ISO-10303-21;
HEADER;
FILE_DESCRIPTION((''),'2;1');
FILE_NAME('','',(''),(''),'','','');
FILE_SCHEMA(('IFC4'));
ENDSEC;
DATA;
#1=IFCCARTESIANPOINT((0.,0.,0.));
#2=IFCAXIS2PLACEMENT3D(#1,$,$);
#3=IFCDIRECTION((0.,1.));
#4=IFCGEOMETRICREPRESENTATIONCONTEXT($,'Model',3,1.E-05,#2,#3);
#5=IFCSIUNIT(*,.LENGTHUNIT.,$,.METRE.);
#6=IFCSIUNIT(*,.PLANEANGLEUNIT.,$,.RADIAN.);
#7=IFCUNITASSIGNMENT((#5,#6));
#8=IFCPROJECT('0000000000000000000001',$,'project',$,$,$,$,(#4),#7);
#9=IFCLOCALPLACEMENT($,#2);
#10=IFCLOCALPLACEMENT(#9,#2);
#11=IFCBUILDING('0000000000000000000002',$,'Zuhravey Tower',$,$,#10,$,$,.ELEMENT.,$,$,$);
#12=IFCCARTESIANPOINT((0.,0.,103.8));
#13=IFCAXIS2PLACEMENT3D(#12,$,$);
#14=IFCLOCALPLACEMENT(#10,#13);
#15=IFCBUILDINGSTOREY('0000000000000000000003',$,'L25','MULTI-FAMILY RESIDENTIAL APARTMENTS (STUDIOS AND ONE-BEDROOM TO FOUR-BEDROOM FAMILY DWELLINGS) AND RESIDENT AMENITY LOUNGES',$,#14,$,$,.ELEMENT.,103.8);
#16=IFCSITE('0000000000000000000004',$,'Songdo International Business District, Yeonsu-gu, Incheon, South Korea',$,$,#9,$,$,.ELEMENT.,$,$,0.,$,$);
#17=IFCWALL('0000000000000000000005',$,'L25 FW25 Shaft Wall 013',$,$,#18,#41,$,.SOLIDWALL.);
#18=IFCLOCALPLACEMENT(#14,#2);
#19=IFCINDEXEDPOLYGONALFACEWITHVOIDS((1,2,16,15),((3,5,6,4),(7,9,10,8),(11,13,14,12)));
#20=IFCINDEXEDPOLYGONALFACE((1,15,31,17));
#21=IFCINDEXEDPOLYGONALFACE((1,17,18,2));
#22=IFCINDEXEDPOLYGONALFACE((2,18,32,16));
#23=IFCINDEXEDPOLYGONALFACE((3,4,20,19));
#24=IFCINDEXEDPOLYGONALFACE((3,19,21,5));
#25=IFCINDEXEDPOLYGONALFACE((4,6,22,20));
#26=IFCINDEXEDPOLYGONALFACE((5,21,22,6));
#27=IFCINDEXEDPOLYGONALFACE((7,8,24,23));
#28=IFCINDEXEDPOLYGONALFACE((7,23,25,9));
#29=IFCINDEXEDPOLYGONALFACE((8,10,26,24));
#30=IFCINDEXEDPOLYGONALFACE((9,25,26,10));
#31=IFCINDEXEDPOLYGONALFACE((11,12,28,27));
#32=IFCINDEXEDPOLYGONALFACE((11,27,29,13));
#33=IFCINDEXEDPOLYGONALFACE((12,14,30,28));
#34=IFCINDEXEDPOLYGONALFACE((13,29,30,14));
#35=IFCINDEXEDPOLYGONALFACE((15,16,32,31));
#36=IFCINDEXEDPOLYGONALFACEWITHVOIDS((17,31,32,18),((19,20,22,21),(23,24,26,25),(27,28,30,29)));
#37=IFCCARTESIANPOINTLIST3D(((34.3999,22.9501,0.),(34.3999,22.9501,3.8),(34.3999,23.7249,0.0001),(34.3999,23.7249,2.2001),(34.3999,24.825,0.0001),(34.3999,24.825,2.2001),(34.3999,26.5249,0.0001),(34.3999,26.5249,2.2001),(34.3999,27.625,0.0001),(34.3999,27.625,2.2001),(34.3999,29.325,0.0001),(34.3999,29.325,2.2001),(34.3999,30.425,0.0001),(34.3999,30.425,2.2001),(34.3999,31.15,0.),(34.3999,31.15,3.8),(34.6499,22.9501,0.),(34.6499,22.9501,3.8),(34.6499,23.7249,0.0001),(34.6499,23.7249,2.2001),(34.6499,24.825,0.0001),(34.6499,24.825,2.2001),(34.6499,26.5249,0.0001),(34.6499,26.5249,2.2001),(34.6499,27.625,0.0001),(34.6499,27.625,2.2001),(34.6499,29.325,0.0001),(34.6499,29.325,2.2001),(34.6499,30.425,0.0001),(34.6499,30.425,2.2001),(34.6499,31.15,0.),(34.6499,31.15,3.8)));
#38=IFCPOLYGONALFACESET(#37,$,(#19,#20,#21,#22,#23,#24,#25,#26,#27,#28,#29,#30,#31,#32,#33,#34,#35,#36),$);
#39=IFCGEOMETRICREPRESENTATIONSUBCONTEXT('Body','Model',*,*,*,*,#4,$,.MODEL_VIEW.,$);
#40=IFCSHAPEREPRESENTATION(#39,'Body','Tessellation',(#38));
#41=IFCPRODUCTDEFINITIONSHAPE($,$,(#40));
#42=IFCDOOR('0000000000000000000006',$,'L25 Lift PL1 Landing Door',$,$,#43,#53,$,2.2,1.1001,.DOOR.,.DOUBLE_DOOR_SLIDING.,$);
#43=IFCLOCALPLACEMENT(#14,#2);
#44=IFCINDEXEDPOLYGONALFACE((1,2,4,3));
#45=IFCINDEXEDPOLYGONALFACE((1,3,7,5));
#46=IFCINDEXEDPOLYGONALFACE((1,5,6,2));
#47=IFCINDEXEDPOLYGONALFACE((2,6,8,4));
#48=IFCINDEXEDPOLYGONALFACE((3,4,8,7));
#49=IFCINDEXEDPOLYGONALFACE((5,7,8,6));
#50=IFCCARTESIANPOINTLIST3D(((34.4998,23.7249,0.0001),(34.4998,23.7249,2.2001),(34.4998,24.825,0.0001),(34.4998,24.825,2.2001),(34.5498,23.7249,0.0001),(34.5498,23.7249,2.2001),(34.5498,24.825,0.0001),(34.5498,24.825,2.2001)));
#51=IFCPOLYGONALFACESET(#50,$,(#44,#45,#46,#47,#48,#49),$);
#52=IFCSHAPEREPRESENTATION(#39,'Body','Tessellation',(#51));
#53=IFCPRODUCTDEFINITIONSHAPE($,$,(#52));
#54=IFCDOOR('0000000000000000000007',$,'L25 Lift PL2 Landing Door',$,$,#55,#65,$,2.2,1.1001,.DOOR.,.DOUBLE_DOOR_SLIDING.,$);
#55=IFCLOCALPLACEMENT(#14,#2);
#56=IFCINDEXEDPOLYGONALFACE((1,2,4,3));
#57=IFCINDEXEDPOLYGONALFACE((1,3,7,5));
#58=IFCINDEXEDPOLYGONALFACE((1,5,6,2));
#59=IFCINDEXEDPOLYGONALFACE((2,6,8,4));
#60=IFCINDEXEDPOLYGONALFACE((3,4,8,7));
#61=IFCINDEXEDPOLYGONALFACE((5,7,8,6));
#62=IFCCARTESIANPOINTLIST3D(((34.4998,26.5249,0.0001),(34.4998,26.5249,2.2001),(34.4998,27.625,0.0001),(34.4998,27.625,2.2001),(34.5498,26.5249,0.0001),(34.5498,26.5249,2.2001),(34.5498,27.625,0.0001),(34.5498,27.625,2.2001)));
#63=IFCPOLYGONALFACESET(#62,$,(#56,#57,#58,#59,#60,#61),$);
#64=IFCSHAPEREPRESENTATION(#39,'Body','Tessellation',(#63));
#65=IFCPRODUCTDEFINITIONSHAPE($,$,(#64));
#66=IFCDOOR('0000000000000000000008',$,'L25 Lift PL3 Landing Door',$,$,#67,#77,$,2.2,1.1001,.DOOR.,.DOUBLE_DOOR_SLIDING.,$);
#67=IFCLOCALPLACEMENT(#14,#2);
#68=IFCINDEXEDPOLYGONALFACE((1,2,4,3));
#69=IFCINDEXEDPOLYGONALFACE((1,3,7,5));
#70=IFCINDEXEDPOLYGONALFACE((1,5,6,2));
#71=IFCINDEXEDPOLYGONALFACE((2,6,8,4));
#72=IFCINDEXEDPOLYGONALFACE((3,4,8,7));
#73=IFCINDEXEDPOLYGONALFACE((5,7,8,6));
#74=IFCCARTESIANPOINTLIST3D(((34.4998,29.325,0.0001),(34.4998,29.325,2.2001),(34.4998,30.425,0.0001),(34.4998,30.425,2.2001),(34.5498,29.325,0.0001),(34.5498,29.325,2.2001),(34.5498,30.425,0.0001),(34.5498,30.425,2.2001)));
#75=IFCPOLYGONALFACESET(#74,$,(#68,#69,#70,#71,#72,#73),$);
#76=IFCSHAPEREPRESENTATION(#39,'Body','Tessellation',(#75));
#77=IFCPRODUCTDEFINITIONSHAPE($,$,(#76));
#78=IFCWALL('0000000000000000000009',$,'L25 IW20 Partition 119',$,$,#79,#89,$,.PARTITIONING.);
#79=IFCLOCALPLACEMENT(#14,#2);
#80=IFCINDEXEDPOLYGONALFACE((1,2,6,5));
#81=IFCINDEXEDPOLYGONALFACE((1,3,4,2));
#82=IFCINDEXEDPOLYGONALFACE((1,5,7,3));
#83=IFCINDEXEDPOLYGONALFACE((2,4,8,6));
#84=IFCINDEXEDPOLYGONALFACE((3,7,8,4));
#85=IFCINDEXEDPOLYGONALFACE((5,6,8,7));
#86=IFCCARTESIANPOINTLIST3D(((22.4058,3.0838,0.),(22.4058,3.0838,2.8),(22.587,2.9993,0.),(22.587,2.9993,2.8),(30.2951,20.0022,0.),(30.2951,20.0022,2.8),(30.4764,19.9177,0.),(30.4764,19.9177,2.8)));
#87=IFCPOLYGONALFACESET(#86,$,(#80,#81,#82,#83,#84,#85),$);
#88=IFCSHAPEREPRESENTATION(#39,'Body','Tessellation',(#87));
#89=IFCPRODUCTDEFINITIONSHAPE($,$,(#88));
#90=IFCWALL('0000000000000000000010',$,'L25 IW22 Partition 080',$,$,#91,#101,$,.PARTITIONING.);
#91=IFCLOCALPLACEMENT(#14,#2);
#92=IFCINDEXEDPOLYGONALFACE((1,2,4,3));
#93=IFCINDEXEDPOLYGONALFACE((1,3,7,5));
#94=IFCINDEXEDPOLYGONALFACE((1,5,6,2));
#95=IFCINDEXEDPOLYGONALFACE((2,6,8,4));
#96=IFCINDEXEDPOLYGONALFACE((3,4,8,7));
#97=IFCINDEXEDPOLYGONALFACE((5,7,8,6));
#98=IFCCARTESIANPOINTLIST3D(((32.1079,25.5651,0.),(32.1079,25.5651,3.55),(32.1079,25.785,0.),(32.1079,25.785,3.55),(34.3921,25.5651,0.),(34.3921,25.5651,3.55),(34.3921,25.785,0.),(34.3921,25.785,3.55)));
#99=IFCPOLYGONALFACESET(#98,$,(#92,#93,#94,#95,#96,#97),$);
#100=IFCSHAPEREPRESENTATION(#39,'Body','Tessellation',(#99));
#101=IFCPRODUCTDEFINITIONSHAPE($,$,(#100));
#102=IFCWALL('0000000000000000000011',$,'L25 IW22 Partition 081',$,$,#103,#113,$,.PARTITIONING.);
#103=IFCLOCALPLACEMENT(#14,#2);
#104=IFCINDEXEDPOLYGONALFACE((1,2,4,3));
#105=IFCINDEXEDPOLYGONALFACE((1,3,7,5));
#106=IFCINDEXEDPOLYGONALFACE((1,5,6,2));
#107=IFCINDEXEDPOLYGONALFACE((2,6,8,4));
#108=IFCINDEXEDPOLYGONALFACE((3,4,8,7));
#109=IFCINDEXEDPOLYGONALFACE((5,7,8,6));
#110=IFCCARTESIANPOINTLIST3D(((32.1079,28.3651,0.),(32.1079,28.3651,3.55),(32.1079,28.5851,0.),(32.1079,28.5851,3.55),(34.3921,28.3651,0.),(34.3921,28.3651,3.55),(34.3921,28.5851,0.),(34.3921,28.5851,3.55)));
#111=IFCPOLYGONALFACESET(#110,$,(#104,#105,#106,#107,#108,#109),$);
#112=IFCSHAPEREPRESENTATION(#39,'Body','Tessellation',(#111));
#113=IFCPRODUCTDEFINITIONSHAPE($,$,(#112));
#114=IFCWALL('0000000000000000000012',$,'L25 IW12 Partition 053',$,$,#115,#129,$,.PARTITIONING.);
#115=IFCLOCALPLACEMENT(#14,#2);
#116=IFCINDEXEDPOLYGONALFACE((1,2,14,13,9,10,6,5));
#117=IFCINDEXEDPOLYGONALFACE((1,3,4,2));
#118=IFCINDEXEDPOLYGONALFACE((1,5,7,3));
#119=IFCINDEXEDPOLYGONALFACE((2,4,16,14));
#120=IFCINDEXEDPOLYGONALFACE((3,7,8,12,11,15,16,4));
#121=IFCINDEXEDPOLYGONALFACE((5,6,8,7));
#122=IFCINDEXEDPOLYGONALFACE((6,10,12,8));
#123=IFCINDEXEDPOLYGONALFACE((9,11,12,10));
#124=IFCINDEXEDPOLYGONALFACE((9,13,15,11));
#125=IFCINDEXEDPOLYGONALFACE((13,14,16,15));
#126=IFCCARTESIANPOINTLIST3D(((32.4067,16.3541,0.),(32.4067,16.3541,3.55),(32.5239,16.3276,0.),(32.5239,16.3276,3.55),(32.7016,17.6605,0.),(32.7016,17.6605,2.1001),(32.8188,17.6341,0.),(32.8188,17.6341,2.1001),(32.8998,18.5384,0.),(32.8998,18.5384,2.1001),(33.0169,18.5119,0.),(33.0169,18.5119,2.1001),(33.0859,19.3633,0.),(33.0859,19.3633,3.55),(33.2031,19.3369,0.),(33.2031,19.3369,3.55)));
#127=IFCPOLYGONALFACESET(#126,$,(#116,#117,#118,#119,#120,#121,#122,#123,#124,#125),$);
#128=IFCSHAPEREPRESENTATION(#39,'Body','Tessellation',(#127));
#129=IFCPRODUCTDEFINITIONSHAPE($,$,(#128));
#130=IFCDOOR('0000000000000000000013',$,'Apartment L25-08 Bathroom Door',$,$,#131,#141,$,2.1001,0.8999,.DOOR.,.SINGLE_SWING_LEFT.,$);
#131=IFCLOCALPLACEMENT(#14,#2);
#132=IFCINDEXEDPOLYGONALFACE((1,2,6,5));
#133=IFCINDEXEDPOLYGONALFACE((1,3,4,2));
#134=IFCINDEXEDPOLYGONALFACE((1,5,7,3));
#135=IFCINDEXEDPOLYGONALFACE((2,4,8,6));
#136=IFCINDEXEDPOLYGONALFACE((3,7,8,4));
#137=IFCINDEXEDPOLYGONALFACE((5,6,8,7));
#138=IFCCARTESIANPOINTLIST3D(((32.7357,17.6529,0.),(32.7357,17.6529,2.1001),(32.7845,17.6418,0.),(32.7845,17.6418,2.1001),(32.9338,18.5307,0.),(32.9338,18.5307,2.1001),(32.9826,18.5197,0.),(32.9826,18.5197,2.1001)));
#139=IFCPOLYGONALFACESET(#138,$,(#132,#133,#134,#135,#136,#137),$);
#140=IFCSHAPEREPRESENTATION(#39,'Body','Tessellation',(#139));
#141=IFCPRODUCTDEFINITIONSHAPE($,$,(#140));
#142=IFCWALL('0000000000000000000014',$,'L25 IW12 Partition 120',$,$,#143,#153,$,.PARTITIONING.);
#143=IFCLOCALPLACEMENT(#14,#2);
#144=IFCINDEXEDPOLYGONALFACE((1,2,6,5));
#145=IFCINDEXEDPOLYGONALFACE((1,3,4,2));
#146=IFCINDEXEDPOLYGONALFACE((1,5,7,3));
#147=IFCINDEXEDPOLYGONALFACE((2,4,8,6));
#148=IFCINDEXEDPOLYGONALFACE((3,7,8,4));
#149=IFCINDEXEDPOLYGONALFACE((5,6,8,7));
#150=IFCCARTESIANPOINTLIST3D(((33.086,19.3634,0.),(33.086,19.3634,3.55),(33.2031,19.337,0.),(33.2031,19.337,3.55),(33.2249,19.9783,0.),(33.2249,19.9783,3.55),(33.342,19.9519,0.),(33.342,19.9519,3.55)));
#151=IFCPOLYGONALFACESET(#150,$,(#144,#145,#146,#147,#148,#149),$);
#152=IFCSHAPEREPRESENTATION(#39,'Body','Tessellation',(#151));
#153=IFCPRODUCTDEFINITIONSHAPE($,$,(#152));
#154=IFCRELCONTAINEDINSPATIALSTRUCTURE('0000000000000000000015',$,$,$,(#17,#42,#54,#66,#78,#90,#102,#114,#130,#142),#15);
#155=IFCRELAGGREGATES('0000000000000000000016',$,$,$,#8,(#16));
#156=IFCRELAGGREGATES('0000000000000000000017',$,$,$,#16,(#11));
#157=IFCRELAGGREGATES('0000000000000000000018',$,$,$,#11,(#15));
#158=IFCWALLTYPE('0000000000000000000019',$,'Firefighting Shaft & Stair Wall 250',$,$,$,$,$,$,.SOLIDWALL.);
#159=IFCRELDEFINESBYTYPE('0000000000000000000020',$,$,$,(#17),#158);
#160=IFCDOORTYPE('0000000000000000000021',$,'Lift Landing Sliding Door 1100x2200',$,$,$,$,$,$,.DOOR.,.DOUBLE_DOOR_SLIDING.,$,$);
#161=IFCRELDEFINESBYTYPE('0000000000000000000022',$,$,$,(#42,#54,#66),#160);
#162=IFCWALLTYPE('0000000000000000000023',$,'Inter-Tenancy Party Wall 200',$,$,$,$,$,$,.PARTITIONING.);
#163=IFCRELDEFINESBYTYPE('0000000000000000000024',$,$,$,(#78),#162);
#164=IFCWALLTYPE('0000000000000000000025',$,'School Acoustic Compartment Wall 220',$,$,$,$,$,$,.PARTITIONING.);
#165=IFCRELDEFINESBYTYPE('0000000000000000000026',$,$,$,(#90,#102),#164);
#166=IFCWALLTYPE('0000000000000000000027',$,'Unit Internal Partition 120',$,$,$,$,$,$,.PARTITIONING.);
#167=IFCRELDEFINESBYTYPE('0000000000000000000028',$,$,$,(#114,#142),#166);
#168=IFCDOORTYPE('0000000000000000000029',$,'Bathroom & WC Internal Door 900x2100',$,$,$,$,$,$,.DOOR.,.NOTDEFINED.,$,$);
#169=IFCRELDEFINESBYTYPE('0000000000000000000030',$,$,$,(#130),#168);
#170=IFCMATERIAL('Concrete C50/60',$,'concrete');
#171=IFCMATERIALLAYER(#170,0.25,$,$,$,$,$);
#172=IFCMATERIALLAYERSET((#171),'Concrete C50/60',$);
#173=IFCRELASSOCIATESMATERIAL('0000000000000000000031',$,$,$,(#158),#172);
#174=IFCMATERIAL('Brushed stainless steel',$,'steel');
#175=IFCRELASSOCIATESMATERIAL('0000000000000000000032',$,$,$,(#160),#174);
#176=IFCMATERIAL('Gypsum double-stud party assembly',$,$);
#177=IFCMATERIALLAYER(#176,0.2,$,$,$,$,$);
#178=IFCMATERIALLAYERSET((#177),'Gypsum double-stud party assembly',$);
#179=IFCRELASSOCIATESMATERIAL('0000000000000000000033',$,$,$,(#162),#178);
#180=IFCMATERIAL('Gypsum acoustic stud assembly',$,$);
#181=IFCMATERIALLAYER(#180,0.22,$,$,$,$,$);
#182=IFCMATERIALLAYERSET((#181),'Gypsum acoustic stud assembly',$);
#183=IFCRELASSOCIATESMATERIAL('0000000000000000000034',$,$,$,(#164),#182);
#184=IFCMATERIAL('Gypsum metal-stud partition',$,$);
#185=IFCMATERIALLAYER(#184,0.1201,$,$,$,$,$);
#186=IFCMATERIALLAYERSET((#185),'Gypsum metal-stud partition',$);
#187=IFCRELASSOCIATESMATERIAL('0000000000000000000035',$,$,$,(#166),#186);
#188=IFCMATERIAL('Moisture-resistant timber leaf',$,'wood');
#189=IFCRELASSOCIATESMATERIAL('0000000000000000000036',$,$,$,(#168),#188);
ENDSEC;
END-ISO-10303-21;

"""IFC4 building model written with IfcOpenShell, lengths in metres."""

from ifc_helpers import new_model, si_unit, direction, frame, frame_2d, origin, place, context, subcontext, project, spatial, rectangle, extrude, material, layer, layer_set, type_object, element, fill, save


model = new_model("IFC4")

# Units and contexts
model_context = context("Model", 3, precision=1e-05, world=origin(), true_north=direction((0.0, 1.0)))
body_context = subcontext(model_context, "Body", "Model", "MODEL_VIEW")
ifc_project = project(units=[si_unit("LENGTHUNIT", "METRE"), si_unit("PLANEANGLEUNIT", "RADIAN")], contexts=[model_context])

# Site, building, storey
site_placement = place(None, origin())
site = spatial("IfcSite", under=ifc_project, at=site_placement, Name="Songdo International Business District, Yeonsu-gu, Incheon, South Korea", CompositionType="ELEMENT", RefElevation=0.0)
building_placement = place(site_placement, origin())
building = spatial("IfcBuilding", under=site, at=building_placement, Name="Zuhravey Tower", CompositionType="ELEMENT")
storey_placement = place(building_placement, frame((0.0, 0.0, 103.8)))
storey = spatial("IfcBuildingStorey", under=building, at=storey_placement, Name="L25", Description="MULTI-FAMILY RESIDENTIAL APARTMENTS (STUDIOS AND ONE-BEDROOM TO FOUR-BEDROOM FAMILY DWELLINGS) AND RESIDENT AMENITY LOUNGES", CompositionType="ELEMENT", Elevation=103.8)

# Shared definitions
ifc_material_1 = material(Name="Concrete C50/60", Category="concrete")
ifc_layer_1 = layer(ifc_material_1, 0.25)
ifc_layer_set_1 = layer_set([ifc_layer_1], Name="Concrete C50/60")
wall_type_1 = type_object("IfcWallType", Name="Firefighting Shaft & Stair Wall 250", PredefinedType="SOLIDWALL", material=ifc_layer_set_1)

# Shared definitions
ifc_material_2 = material(Name="Brushed stainless steel", Category="steel")

# Wall, openings, doors
wall_1_placement = place(storey_placement, frame((34.5249, 22.95, 0.0), z_axis=(0.0, 0.0, 1.0), x_axis=(0.0, 1.0, 0.0)))
wall_1 = element("IfcWall", 1, at=wall_1_placement, inside=storey, type_object=wall_type_1, Name="L25 FW25 Shaft Wall 013", PredefinedType="SOLIDWALL", context=body_context, shape_type="SweptSolid", body=[
    extrude(rectangle(XDim=8.2, YDim=0.25, at=frame_2d((4.1001, 0.0))), origin(), (0.0, 0.0, 1.0), 3.8),
])
opening_1_placement = place(wall_1_placement, frame((0.7749, 0.0, 0.0)))
opening_1 = element("IfcOpeningElement", 2, at=opening_1_placement, cuts=wall_1, PredefinedType="OPENING", context=body_context, shape_type="SweptSolid", body=[
    extrude(rectangle(XDim=1.1001, YDim=2.2, at=frame_2d((0.55, 1.1001))), frame((0.0, 0.137, 0.0), z_axis=(0.0, -1.0, 0.0), x_axis=(1.0, 0.0, 0.0)), (0.0, 0.0, 1.0), 0.2739),
])
opening_2_placement = place(wall_1_placement, frame((3.575, 0.0, 0.0)))
opening_2 = element("IfcOpeningElement", 3, at=opening_2_placement, cuts=wall_1, PredefinedType="OPENING", context=body_context, shape_type="SweptSolid", body=[
    extrude(rectangle(XDim=1.1001, YDim=2.2, at=frame_2d((0.55, 1.1001))), frame((0.0, 0.137, 0.0), z_axis=(0.0, -1.0, 0.0), x_axis=(1.0, 0.0, 0.0)), (0.0, 0.0, 1.0), 0.2739),
])
opening_3_placement = place(wall_1_placement, frame((6.375, 0.0, 0.0)))
opening_3 = element("IfcOpeningElement", 4, at=opening_3_placement, cuts=wall_1, PredefinedType="OPENING", context=body_context, shape_type="SweptSolid", body=[
    extrude(rectangle(XDim=1.1001, YDim=2.2, at=frame_2d((0.55, 1.1001))), frame((0.0, 0.137, 0.0), z_axis=(0.0, -1.0, 0.0), x_axis=(1.0, 0.0, 0.0)), (0.0, 0.0, 1.0), 0.2739),
])
door_type_1 = type_object("IfcDoorType", Name="Lift Landing Sliding Door 1100x2200", OperationType="DOUBLE_DOOR_SLIDING", PredefinedType="DOOR", material=ifc_material_2)
door_1_placement = place(opening_1_placement, frame((1.1001, 0.0, 0.0), z_axis=(0.0, 0.0, 1.0), x_axis=(-1.0, 0.0, 0.0)))
door_1 = element("IfcDoor", 5, at=door_1_placement, inside=storey, type_object=door_type_1, Name="L25 Lift PL1 Landing Door", OperationType="DOUBLE_DOOR_SLIDING", OverallHeight=2.2, OverallWidth=1.1001, PredefinedType="DOOR", context=body_context, shape_type="SweptSolid", body=[
    extrude(rectangle(XDim=1.1001, YDim=2.2, at=frame_2d((0.55, 1.1001))), frame((0.0, 0.0249, 0.0), z_axis=(0.0, -1.0, 0.0), x_axis=(1.0, 0.0, 0.0)), (0.0, 0.0, 1.0), 0.05),
])
fill(opening_1, door_1)
door_2_placement = place(opening_2_placement, frame((1.1001, 0.0, 0.0), z_axis=(0.0, 0.0, 1.0), x_axis=(-1.0, 0.0, 0.0)))
door_2 = element("IfcDoor", 6, at=door_2_placement, inside=storey, type_object=door_type_1, Name="L25 Lift PL2 Landing Door", OperationType="DOUBLE_DOOR_SLIDING", OverallHeight=2.2, OverallWidth=1.1001, PredefinedType="DOOR", context=body_context, shape_type="SweptSolid", body=[
    extrude(rectangle(XDim=1.1001, YDim=2.2, at=frame_2d((0.55, 1.1001))), frame((0.0, 0.0249, 0.0), z_axis=(0.0, -1.0, 0.0), x_axis=(1.0, 0.0, 0.0)), (0.0, 0.0, 1.0), 0.05),
])
fill(opening_2, door_2)
door_3_placement = place(opening_3_placement, frame((1.1001, 0.0, 0.0), z_axis=(0.0, 0.0, 1.0), x_axis=(-1.0, 0.0, 0.0)))
door_3 = element("IfcDoor", 7, at=door_3_placement, inside=storey, type_object=door_type_1, Name="L25 Lift PL3 Landing Door", OperationType="DOUBLE_DOOR_SLIDING", OverallHeight=2.2, OverallWidth=1.1001, PredefinedType="DOOR", context=body_context, shape_type="SweptSolid", body=[
    extrude(rectangle(XDim=1.1001, YDim=2.2, at=frame_2d((0.55, 1.1001))), frame((0.0, 0.0249, 0.0), z_axis=(0.0, -1.0, 0.0), x_axis=(1.0, 0.0, 0.0)), (0.0, 0.0, 1.0), 0.05),
])
fill(opening_3, door_3)

# Walls
ifc_material_3 = material(Name="Gypsum double-stud party assembly")
ifc_layer_2 = layer(ifc_material_3, 0.2)
ifc_layer_set_2 = layer_set([ifc_layer_2], Name="Gypsum double-stud party assembly")
wall_type_2 = type_object("IfcWallType", Name="Inter-Tenancy Party Wall 200", PredefinedType="PARTITIONING", material=ifc_layer_set_2)
wall_2_placement = place(storey_placement, frame((30.3857, 19.96, 0.0), z_axis=(0.0, 0.0, 1.0), x_axis=(-0.422627, -0.906304, 0.0)))
element("IfcWall", 8, at=wall_2_placement, inside=storey, type_object=wall_type_2, Name="L25 IW20 Partition 119", PredefinedType="PARTITIONING", context=body_context, shape_type="SweptSolid", body=[
    extrude(rectangle(XDim=18.6675, YDim=0.2, at=frame_2d((9.3337, 0.0))), origin(), (0.0, 0.0, 1.0), 2.8),
])
ifc_material_4 = material(Name="Gypsum acoustic stud assembly")
ifc_layer_3 = layer(ifc_material_4, 0.22)
ifc_layer_set_3 = layer_set([ifc_layer_3], Name="Gypsum acoustic stud assembly")
wall_type_3 = type_object("IfcWallType", Name="School Acoustic Compartment Wall 220", PredefinedType="PARTITIONING", material=ifc_layer_set_3)
for number, where, z_axis, x_axis, name in (
    (9, (32.1079, 25.675, 0.0), (0.0, 0.0, 1.0), (1.0, 0.0, 0.0), "L25 IW22 Partition 080"),
    (10, (32.1079, 28.4751, 0.0), (0.0, 0.0, 1.0), (1.0, 0.0, 0.0), "L25 IW22 Partition 081"),
):
    element("IfcWall", number, at=place(storey_placement, frame(where, z_axis=z_axis, x_axis=x_axis)), inside=storey, type_object=wall_type_3, Name=name, PredefinedType="PARTITIONING", context=body_context, shape_type="SweptSolid", body=[
        extrude(rectangle(XDim=2.2842, YDim=0.22, at=frame_2d((1.1421, 0.0))), origin(), (0.0, 0.0, 1.0), 3.55),
    ])

# Wall, opening, door
ifc_material_5 = material(Name="Gypsum metal-stud partition")
ifc_layer_4 = layer(ifc_material_5, 0.1201)
ifc_layer_set_4 = layer_set([ifc_layer_4], Name="Gypsum metal-stud partition")
wall_type_4 = type_object("IfcWallType", Name="Unit Internal Partition 120", PredefinedType="PARTITIONING", material=ifc_layer_set_4)
wall_3_placement = place(storey_placement, frame((33.1445, 19.3501, 0.0), z_axis=(0.0, 0.0, 1.0), x_axis=(-0.220164, -0.975463, 0.0)))
wall_3 = element("IfcWall", 11, at=wall_3_placement, inside=storey, type_object=wall_type_4, Name="L25 IW12 Partition 053", PredefinedType="PARTITIONING", context=body_context, shape_type="SweptSolid", body=[
    extrude(rectangle(XDim=3.085, YDim=0.1201, at=frame_2d((1.5425, 0.0))), origin(), (0.0, 0.0, 1.0), 3.55),
])
opening_4_placement = place(wall_3_placement, frame((0.8457, 0.0, 0.0)))
opening_4 = element("IfcOpeningElement", 12, at=opening_4_placement, cuts=wall_3, PredefinedType="OPENING", context=body_context, shape_type="SweptSolid", body=[
    extrude(rectangle(XDim=0.8999, YDim=2.1001, at=frame_2d((0.45, 1.05))), frame((0.0, 0.072, 0.0), z_axis=(0.0, -1.0, 0.0), x_axis=(1.0, 0.0, 0.0)), (0.0, 0.0, 1.0), 0.144),
])
ifc_material_6 = material(Name="Moisture-resistant timber leaf", Category="wood")
door_type_2 = type_object("IfcDoorType", Name="Bathroom & WC Internal Door 900x2100", OperationType="NOTDEFINED", PredefinedType="DOOR", material=ifc_material_6)
door_4_placement = place(opening_4_placement, origin())
door_4 = element("IfcDoor", 13, at=door_4_placement, inside=storey, type_object=door_type_2, Name="Apartment L25-08 Bathroom Door", OperationType="SINGLE_SWING_LEFT", OverallHeight=2.1001, OverallWidth=0.8999, PredefinedType="DOOR", context=body_context, shape_type="SweptSolid", body=[
    extrude(rectangle(XDim=0.8999, YDim=2.1001, at=frame_2d((0.45, 1.05))), frame((0.0, 0.0249, 0.0), z_axis=(0.0, -1.0, 0.0), x_axis=(1.0, 0.0, 0.0)), (0.0, 0.0, 1.0), 0.05),
])
fill(opening_4, door_4)

# Wall
wall_4_placement = place(storey_placement, frame((33.2834, 19.9651, 0.0), z_axis=(0.0, 0.0, 1.0), x_axis=(-0.220332, -0.975425, 0.0)))
element("IfcWall", 14, at=wall_4_placement, inside=storey, type_object=wall_type_4, Name="L25 IW12 Partition 120", PredefinedType="PARTITIONING", context=body_context, shape_type="SweptSolid", body=[
    extrude(rectangle(XDim=0.6304, YDim=0.1201, at=frame_2d((0.3152, 0.0))), origin(), (0.0, 0.0, 1.0), 3.55),
])

save(model, "model.ifc")
